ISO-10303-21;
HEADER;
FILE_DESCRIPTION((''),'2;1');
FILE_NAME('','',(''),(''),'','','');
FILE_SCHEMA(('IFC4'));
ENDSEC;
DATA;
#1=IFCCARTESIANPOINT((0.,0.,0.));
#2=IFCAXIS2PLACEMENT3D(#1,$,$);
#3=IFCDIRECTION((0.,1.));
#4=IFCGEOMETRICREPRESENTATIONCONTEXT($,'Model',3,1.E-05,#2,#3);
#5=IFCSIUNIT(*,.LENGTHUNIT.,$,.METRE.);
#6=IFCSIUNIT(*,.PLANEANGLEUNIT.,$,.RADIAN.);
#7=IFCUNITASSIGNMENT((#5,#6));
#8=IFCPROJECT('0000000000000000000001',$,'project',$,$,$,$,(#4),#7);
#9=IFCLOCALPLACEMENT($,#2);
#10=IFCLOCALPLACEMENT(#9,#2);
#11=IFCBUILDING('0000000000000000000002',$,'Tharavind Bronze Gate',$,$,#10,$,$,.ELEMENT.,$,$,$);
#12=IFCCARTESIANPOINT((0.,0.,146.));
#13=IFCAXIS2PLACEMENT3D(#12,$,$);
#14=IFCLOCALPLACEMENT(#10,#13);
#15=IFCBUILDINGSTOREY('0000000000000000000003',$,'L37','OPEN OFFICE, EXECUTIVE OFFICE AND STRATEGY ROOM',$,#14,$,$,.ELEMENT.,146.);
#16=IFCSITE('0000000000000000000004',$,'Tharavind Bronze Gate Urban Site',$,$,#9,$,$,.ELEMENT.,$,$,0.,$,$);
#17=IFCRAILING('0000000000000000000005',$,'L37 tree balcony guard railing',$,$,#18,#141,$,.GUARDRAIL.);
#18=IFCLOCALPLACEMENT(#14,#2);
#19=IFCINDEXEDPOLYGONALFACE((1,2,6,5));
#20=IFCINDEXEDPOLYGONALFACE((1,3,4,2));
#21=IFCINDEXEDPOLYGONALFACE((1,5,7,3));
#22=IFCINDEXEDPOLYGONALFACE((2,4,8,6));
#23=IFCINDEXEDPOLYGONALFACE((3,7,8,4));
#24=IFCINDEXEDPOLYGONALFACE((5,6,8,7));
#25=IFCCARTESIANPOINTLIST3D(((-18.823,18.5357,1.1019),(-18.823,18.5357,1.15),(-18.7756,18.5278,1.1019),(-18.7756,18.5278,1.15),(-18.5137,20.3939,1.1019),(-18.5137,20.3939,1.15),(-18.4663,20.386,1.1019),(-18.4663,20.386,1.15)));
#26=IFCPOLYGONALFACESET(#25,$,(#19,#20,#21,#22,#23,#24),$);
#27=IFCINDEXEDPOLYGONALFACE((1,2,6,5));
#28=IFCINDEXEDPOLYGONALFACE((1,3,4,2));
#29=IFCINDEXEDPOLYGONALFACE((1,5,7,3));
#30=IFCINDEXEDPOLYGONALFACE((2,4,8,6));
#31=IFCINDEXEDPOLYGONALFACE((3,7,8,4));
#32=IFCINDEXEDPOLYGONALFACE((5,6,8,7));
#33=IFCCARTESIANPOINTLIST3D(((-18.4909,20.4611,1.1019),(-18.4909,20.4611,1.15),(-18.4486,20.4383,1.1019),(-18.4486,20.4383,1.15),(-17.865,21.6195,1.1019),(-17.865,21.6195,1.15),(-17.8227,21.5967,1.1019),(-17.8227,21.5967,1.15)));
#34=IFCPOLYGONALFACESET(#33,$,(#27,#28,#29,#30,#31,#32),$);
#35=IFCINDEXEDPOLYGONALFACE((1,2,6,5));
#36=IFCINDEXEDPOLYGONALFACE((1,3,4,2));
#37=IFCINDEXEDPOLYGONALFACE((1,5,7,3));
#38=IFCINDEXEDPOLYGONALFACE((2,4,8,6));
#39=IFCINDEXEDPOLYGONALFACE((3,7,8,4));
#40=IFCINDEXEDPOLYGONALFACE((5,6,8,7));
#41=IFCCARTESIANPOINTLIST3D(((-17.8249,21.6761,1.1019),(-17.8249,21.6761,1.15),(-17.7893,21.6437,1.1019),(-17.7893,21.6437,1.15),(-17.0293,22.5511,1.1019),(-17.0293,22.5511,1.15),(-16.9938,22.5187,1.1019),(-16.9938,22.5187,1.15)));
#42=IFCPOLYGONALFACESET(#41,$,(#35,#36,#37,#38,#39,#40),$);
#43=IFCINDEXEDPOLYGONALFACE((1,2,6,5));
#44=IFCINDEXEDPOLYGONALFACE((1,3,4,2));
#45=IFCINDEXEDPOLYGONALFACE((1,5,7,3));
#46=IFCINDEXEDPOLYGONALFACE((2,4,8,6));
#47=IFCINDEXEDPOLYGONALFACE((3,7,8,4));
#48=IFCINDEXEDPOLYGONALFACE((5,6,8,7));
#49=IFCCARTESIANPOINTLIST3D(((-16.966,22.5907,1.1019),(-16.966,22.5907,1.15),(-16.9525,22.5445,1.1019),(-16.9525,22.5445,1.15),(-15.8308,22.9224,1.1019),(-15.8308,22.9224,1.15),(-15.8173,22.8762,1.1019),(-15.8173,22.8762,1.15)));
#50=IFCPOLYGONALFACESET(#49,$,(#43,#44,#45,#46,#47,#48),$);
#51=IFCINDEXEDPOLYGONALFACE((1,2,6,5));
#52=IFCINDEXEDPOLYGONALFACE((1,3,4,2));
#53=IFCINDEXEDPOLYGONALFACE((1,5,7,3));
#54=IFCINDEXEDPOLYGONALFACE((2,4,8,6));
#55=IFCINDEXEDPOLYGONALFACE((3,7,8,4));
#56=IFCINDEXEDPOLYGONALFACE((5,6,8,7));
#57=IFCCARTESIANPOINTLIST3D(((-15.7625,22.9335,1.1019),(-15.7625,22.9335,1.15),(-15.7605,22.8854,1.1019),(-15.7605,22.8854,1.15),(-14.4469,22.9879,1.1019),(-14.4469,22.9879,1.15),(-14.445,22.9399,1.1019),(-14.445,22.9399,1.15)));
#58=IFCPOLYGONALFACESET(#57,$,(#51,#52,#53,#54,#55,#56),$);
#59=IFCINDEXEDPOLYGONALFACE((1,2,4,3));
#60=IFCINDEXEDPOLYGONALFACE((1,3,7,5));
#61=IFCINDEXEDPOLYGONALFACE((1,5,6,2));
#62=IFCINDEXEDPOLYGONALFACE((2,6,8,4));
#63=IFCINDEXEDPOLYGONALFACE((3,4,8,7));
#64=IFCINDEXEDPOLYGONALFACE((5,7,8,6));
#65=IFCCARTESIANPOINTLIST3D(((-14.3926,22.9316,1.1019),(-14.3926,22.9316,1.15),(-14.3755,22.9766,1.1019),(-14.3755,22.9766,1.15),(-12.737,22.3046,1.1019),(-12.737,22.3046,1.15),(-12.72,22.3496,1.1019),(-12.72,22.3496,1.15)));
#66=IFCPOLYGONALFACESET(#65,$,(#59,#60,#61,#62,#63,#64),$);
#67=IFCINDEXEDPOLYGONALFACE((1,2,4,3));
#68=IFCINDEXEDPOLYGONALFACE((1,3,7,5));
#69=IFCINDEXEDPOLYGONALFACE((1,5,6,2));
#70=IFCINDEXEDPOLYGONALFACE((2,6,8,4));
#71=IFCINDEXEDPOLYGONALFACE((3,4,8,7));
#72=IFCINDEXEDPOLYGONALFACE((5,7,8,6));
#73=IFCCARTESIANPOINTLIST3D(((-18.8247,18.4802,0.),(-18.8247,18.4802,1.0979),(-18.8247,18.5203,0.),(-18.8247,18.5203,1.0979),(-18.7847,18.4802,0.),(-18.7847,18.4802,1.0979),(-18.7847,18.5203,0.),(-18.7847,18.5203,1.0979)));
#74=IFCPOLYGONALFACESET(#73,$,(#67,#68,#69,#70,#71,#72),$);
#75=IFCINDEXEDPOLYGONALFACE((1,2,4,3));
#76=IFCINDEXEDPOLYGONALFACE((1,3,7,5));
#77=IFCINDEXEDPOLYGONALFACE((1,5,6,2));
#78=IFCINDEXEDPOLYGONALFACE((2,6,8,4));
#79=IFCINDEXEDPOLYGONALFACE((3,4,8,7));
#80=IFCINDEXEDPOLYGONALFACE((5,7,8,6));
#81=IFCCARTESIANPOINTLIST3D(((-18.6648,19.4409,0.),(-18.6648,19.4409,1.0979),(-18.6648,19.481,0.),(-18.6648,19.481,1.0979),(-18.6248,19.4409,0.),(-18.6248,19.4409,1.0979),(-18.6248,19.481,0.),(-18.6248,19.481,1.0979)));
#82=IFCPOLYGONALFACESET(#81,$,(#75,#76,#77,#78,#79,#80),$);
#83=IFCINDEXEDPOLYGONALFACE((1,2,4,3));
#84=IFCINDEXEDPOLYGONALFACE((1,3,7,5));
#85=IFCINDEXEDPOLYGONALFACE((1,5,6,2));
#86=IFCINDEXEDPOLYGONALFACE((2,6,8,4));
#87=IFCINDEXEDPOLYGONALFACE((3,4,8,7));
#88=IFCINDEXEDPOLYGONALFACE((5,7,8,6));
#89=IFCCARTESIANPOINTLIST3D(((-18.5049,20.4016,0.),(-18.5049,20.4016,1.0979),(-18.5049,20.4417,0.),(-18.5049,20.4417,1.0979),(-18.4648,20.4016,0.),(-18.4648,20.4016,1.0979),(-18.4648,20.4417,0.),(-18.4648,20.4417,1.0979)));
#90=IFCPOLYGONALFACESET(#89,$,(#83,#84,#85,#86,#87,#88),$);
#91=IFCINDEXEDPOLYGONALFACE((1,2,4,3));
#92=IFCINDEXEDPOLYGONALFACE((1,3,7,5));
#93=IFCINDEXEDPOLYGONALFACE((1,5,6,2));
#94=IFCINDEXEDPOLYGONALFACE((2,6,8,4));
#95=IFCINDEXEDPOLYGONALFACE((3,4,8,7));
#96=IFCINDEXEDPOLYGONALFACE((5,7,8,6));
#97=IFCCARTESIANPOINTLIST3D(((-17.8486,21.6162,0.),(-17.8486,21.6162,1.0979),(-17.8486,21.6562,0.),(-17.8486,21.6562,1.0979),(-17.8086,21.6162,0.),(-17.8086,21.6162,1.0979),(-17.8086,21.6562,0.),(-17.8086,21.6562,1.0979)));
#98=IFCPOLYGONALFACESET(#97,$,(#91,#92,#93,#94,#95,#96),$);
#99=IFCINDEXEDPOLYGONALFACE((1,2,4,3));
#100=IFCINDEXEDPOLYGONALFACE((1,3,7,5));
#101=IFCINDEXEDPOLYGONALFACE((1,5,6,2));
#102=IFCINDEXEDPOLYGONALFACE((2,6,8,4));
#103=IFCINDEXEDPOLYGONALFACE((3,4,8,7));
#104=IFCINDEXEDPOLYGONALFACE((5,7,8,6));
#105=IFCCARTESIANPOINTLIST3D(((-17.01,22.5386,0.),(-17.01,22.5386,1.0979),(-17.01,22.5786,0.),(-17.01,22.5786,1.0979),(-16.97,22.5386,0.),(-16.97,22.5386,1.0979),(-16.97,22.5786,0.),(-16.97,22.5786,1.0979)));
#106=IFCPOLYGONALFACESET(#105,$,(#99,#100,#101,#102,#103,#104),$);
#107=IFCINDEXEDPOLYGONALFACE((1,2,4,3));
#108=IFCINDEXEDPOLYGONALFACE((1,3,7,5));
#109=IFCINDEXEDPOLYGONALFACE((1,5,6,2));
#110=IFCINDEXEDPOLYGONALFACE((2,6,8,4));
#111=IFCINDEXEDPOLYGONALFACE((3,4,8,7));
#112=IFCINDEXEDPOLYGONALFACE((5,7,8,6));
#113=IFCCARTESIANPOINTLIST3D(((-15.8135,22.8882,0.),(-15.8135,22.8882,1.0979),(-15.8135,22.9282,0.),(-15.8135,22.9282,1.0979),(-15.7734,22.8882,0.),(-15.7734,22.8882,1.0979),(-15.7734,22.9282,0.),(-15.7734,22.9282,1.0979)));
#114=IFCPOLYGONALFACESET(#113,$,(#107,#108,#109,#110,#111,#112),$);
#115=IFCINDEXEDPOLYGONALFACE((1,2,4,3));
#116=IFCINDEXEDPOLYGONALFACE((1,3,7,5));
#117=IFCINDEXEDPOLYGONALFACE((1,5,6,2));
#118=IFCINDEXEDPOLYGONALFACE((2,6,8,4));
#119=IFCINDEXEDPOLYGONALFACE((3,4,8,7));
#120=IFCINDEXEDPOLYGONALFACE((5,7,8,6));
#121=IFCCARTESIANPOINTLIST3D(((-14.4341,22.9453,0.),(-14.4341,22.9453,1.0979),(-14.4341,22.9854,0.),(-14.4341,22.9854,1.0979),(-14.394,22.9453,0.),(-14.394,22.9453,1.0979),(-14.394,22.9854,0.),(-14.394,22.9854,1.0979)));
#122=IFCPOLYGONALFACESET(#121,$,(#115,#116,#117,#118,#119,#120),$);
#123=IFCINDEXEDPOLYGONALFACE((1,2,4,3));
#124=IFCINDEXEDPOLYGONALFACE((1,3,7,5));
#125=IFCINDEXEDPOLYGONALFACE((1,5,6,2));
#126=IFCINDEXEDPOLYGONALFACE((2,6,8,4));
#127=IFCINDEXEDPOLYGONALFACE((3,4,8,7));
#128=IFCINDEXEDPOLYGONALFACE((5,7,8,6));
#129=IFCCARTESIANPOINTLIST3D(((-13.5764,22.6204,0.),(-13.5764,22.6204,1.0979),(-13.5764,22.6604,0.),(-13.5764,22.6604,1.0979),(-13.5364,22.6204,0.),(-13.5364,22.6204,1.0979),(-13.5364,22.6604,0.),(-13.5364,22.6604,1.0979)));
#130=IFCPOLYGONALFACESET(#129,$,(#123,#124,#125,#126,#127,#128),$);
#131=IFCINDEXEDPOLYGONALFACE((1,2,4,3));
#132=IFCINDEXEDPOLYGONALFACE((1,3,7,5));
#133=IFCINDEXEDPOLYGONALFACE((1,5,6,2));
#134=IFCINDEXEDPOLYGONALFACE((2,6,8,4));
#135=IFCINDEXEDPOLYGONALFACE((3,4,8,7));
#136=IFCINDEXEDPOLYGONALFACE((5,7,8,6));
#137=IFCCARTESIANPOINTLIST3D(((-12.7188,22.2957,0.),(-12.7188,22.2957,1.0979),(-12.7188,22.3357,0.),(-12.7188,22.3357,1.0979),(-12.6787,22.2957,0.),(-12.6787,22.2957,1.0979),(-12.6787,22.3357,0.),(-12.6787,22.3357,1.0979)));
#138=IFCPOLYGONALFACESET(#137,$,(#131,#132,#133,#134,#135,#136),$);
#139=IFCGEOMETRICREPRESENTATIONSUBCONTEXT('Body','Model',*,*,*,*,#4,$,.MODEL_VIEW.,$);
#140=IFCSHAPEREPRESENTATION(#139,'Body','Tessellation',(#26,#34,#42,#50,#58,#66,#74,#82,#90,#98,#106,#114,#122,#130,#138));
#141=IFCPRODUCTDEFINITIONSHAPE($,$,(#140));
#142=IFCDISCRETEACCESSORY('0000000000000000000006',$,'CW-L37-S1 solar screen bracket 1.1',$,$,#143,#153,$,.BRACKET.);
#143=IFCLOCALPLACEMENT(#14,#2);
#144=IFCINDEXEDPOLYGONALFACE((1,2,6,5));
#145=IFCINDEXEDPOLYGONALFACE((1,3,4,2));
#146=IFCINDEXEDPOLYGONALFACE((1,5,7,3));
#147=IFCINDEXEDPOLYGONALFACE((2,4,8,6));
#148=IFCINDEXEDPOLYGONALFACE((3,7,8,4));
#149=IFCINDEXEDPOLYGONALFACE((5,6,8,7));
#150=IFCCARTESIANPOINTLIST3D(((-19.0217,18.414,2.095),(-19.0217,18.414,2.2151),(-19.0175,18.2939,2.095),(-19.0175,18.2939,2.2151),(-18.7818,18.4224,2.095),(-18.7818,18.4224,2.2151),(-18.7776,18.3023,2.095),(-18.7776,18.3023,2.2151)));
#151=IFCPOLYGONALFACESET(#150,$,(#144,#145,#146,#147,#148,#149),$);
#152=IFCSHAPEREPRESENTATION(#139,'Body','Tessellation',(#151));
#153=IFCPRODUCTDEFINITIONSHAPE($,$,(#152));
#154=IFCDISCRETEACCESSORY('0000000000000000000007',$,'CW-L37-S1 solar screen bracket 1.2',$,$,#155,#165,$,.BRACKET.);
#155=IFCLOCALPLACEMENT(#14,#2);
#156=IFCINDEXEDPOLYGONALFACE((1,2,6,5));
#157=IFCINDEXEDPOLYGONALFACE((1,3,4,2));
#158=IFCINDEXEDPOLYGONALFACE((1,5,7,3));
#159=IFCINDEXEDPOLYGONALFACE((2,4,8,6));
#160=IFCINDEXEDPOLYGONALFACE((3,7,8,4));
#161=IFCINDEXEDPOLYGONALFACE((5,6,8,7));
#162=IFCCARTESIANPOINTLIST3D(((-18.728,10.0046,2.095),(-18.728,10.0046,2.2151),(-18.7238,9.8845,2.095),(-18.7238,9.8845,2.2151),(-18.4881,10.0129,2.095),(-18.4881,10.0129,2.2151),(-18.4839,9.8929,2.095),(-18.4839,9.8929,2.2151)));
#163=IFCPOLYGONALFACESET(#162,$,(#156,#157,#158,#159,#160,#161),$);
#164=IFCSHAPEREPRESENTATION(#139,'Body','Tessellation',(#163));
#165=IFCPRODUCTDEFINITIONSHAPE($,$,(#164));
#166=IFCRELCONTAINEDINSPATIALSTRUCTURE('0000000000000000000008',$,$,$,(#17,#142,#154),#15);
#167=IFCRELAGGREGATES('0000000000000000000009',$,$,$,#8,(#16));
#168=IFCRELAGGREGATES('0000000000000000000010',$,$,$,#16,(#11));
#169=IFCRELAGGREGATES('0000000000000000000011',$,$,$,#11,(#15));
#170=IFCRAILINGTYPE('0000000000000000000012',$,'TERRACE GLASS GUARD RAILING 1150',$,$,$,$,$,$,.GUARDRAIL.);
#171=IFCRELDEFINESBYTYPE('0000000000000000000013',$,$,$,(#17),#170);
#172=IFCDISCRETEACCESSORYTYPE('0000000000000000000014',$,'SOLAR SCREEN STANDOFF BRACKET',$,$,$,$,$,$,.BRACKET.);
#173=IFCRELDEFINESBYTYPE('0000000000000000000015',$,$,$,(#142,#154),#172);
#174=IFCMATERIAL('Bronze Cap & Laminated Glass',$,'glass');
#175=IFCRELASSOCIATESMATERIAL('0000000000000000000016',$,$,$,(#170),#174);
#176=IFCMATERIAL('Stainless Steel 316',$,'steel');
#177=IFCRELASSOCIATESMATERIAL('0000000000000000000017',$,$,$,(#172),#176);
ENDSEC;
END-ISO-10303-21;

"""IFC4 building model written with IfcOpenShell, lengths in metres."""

from ifc_helpers import new_model, si_unit, direction, frame, origin, origin_2d, place, context, subcontext, project, spatial, rectangle, extrude, material, type_object, element, save


model = new_model("IFC4")

# Units and contexts
model_context = context("Model", 3, precision=1e-05, world=origin(), true_north=direction((0.0, 1.0)))
body_context = subcontext(model_context, "Body", "Model", "MODEL_VIEW")
ifc_project = project(units=[si_unit("LENGTHUNIT", "METRE"), si_unit("PLANEANGLEUNIT", "RADIAN")], contexts=[model_context])

# Site, building, storey
site_placement = place(None, origin())
site = spatial("IfcSite", under=ifc_project, at=site_placement, Name="Tharavind Bronze Gate Urban Site", CompositionType="ELEMENT", RefElevation=0.0)
building_placement = place(site_placement, origin())
building = spatial("IfcBuilding", under=site, at=building_placement, Name="Tharavind Bronze Gate", CompositionType="ELEMENT")
storey_placement = place(building_placement, frame((0.0, 0.0, 146.0)))
storey = spatial("IfcBuildingStorey", under=building, at=storey_placement, Name="L37", Description="OPEN OFFICE, EXECUTIVE OFFICE AND STRATEGY ROOM", CompositionType="ELEMENT", Elevation=146.0)

# Railing
ifc_material_1 = material(Name="Bronze Cap & Laminated Glass", Category="glass")
railing_type = type_object("IfcRailingType", Name="TERRACE GLASS GUARD RAILING 1150", PredefinedType="GUARDRAIL", material=ifc_material_1)
railing_placement = place(storey_placement, frame((-18.8047, 18.5002, 0.0)))
element("IfcRailing", 1, at=railing_placement, inside=storey, type_object=railing_type, Name="L37 tree balcony guard railing", PredefinedType="GUARDRAIL", context=body_context, shape_type="SweptSolid", body=[
    extrude(rectangle(XDim=0.0481, YDim=0.0481, at=origin_2d()), frame((0.0054, 0.0315, 1.126), z_axis=(0.164196, 0.986428, 0.0), x_axis=(-0.986428, 0.164196, 0.0)), (0.0, 0.0, 1.0), 1.8838),
    extrude(rectangle(XDim=0.0481, YDim=0.0481, at=origin_2d()), frame((0.335, 1.9495, 1.126), z_axis=(0.475354, 0.879794, 0.0), x_axis=(-0.879794, 0.475354, 0.0)), (0.0, 0.0, 1.0), 1.3167),
    extrude(rectangle(XDim=0.0481, YDim=0.0481, at=origin_2d()), frame((0.9976, 3.1597, 1.126), z_axis=(0.672722, 0.739896, 0.0), x_axis=(-0.739896, 0.672722, 0.0)), (0.0, 0.0, 1.0), 1.1826),
    extrude(rectangle(XDim=0.0481, YDim=0.0481, at=origin_2d()), frame((1.8455, 4.0674, 1.126), z_axis=(0.959866, 0.280459, 0.0), x_axis=(-0.280459, 0.959866, 0.0)), (0.0, 0.0, 1.0), 1.1826),
    extrude(rectangle(XDim=0.0481, YDim=0.0481, at=origin_2d()), frame((3.0432, 4.4092, 1.126), z_axis=(0.999143, 0.04138, 0.0), x_axis=(-0.04138, 0.999143, 0.0)), (0.0, 0.0, 1.0), 1.3167),
    extrude(rectangle(XDim=0.0481, YDim=0.0481, at=origin_2d()), frame((4.4207, 4.4539, 1.126), z_axis=(0.935175, -0.354185, 0.0), x_axis=(0.354185, 0.935175, 0.0)), (0.0, 0.0, 1.0), 1.7703),
    extrude(rectangle(XDim=0.04, YDim=0.04, at=origin_2d()), origin(), (0.0, 0.0, 1.0), 1.0979),
    extrude(rectangle(XDim=0.04, YDim=0.04, at=origin_2d()), frame((0.1599, 0.9607, 0.0)), (0.0, 0.0, 1.0), 1.0979),
    extrude(rectangle(XDim=0.04, YDim=0.04, at=origin_2d()), frame((0.3198, 1.9214, 0.0)), (0.0, 0.0, 1.0), 1.0979),
    extrude(rectangle(XDim=0.04, YDim=0.04, at=origin_2d()), frame((0.9761, 3.136, 0.0)), (0.0, 0.0, 1.0), 1.0979),
    extrude(rectangle(XDim=0.04, YDim=0.04, at=origin_2d()), frame((1.8147, 4.0583, 0.0)), (0.0, 0.0, 1.0), 1.0979),
    extrude(rectangle(XDim=0.04, YDim=0.04, at=origin_2d()), frame((3.0112, 4.408, 0.0)), (0.0, 0.0, 1.0), 1.0979),
    extrude(rectangle(XDim=0.04, YDim=0.04, at=origin_2d()), frame((4.3906, 4.4651, 0.0)), (0.0, 0.0, 1.0), 1.0979),
    extrude(rectangle(XDim=0.04, YDim=0.04, at=origin_2d()), frame((5.2483, 4.1401, 0.0)), (0.0, 0.0, 1.0), 1.0979),
    extrude(rectangle(XDim=0.04, YDim=0.04, at=origin_2d()), frame((6.106, 3.8154, 0.0)), (0.0, 0.0, 1.0), 1.0979),
])

# Discrete accessories
ifc_material_2 = material(Name="Stainless Steel 316", Category="steel")
discrete_accessory_type = type_object("IfcDiscreteAccessoryType", Name="SOLAR SCREEN STANDOFF BRACKET", PredefinedType="BRACKET", material=ifc_material_2)
for number, where, z_axis, x_axis, name in (
    (2, (-18.8997, 18.3582, 2.095), (0.0, 0.0, 1.0), (0.034899, -0.999391, 0.0), "CW-L37-S1 solar screen bracket 1.1"),
    (3, (-18.606, 9.9487, 2.095), (0.0, 0.0, 1.0), (0.034899, -0.999391, 0.0), "CW-L37-S1 solar screen bracket 1.2"),
):
    element("IfcDiscreteAccessory", number, at=place(storey_placement, frame(where, z_axis=z_axis, x_axis=x_axis)), inside=storey, type_object=discrete_accessory_type, Name=name, PredefinedType="BRACKET", context=body_context, shape_type="SweptSolid", body=[
        extrude(rectangle(XDim=0.1201, YDim=0.24, at=origin_2d()), origin(), (0.0, 0.0, 1.0), 0.1201),
    ])

save(model, "model.ifc")
